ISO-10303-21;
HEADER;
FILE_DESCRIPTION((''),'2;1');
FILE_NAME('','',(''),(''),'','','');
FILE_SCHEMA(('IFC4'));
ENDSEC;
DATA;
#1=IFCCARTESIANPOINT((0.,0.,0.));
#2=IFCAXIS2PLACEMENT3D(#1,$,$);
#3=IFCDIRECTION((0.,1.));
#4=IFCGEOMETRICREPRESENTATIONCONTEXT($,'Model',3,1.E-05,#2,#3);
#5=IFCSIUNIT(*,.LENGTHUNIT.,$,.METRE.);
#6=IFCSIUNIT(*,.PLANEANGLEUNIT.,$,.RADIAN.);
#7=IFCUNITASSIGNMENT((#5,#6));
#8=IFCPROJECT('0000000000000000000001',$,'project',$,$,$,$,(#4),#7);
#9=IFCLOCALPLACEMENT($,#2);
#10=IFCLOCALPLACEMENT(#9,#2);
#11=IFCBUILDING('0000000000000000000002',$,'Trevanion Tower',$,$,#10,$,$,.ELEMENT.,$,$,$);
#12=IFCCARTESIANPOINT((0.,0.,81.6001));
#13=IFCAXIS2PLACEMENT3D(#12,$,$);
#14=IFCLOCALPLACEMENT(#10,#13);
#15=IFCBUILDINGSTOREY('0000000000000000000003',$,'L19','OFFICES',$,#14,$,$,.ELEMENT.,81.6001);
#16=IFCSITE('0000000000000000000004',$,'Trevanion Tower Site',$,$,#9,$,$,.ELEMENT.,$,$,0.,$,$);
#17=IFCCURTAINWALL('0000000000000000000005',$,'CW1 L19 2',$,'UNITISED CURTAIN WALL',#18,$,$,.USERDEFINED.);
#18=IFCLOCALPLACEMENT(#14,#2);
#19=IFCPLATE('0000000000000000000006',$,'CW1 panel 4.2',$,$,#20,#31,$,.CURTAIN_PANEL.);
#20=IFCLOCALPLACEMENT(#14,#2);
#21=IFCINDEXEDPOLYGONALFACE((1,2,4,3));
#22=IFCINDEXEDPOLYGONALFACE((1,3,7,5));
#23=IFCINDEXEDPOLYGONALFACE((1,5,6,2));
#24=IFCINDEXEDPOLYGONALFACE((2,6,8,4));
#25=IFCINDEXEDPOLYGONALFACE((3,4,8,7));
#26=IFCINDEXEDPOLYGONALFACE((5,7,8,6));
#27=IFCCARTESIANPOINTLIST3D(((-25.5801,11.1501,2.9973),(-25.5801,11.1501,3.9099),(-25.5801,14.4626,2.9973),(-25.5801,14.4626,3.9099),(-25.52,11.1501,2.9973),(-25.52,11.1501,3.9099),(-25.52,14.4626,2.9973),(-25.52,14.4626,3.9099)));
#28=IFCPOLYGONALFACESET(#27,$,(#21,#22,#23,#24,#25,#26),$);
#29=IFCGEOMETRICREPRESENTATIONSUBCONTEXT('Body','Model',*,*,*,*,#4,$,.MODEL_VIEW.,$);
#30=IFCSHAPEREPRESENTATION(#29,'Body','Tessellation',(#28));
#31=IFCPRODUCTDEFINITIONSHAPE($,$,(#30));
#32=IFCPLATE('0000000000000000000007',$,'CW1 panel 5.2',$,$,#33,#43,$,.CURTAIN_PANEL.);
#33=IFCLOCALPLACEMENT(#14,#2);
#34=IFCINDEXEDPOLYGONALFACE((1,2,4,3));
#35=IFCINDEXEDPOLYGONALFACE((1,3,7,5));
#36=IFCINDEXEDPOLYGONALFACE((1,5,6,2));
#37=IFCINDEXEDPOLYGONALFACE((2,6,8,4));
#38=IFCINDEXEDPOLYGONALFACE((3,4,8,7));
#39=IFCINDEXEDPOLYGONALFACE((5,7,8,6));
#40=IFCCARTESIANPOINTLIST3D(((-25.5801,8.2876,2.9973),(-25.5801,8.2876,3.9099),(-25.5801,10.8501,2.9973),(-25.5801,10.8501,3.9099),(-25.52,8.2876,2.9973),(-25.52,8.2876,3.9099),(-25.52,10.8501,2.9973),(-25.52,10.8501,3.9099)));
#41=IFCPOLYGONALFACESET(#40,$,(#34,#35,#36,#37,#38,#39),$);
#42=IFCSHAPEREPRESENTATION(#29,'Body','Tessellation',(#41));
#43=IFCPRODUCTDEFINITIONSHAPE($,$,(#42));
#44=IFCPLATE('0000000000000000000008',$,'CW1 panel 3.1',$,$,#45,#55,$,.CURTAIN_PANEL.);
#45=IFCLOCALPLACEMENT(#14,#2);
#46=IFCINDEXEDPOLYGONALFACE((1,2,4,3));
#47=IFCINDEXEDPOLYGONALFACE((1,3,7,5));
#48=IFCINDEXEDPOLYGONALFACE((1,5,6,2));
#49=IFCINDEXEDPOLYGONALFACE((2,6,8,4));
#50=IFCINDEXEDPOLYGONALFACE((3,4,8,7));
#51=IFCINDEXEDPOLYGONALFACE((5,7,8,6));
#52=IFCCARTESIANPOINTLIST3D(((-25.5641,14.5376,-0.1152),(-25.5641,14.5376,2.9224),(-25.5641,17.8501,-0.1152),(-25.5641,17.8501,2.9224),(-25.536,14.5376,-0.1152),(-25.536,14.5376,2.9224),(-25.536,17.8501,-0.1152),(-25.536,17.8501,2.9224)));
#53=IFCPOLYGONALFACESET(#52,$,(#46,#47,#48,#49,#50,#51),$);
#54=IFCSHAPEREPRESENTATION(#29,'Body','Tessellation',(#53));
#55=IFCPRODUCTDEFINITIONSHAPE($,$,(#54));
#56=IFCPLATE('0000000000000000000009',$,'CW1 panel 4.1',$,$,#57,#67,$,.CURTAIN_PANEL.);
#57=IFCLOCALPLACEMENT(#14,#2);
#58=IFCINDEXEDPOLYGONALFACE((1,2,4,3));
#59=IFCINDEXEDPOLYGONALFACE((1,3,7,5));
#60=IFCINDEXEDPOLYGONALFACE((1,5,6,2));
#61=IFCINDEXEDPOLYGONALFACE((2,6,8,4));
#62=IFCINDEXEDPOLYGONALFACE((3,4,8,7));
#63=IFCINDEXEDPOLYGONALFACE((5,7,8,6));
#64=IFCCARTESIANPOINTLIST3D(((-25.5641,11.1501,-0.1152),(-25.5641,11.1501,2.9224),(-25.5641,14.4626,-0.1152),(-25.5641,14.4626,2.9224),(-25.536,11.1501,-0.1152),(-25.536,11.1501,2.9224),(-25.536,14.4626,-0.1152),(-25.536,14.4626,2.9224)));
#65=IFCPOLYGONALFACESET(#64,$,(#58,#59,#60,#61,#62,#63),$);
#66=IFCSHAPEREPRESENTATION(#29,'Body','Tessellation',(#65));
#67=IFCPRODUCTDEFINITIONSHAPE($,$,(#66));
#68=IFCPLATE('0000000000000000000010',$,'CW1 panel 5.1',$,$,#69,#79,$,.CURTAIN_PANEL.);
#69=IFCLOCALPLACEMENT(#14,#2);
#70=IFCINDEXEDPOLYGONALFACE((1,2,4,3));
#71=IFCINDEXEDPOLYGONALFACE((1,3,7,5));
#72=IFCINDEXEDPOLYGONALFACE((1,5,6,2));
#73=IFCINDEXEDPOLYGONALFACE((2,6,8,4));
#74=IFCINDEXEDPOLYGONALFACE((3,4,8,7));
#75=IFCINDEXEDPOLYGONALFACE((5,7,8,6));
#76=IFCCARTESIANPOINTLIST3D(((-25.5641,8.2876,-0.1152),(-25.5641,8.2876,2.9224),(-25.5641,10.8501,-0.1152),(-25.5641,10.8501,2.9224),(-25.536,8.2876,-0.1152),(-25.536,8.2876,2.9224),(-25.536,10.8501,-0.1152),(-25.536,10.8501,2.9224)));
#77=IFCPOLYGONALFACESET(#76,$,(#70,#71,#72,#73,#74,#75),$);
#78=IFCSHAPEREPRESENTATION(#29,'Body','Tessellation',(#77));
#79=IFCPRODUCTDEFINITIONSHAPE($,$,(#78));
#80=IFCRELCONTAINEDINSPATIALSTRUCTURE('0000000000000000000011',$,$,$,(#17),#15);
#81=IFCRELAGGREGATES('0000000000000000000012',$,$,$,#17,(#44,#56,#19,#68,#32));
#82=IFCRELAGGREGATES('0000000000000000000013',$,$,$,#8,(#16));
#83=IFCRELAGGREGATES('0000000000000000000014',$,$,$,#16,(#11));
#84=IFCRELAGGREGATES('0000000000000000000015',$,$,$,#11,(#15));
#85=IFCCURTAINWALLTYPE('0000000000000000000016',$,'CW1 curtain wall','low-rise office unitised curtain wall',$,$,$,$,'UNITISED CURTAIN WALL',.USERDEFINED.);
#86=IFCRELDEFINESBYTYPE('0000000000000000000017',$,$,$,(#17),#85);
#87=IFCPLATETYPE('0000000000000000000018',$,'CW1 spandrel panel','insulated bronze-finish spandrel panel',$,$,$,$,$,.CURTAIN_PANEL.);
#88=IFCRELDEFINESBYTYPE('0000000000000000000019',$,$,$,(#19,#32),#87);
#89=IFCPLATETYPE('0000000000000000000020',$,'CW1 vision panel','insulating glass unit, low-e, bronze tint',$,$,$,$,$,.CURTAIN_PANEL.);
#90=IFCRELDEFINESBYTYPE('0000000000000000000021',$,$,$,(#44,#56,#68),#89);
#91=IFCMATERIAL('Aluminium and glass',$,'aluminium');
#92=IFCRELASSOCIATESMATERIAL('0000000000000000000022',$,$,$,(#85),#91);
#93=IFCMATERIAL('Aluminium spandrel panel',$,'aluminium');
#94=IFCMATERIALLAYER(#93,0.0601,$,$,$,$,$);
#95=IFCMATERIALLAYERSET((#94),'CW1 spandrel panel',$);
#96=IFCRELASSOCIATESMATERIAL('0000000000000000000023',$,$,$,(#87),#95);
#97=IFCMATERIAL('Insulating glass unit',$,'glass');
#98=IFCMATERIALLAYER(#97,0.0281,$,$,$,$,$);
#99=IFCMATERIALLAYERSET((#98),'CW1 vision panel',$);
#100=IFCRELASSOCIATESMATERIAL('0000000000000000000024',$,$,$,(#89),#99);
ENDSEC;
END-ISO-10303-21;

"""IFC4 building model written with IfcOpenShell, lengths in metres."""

from ifc_helpers import new_model, si_unit, direction, frame, origin, origin_2d, place, context, subcontext, project, spatial, rectangle, extrude, material, layer, layer_set, type_object, element, aggregate, save


model = new_model("IFC4")

# Units and contexts
model_context = context("Model", 3, precision=1e-05, world=origin(), true_north=direction((0.0, 1.0)))
body_context = subcontext(model_context, "Body", "Model", "MODEL_VIEW")
ifc_project = project(units=[si_unit("LENGTHUNIT", "METRE"), si_unit("PLANEANGLEUNIT", "RADIAN")], contexts=[model_context])

# Site, building, storey
site_placement = place(None, origin())
site = spatial("IfcSite", under=ifc_project, at=site_placement, Name="Trevanion Tower Site", CompositionType="ELEMENT", RefElevation=0.0)
building_placement = place(site_placement, origin())
building = spatial("IfcBuilding", under=site, at=building_placement, Name="Trevanion Tower", CompositionType="ELEMENT")
storey_placement = place(building_placement, frame((0.0, 0.0, 81.6001)))
storey = spatial("IfcBuildingStorey", under=building, at=storey_placement, Name="L19", Description="OFFICES", CompositionType="ELEMENT", Elevation=81.6001)

# Curtain wall
ifc_material_1 = material(Name="Aluminium and glass", Category="aluminium")
curtain_wall_type = type_object("IfcCurtainWallType", Name="CW1 curtain wall", Description="low-rise office unitised curtain wall", ElementType="UNITISED CURTAIN WALL", PredefinedType="USERDEFINED", material=ifc_material_1)
curtain_wall_placement = place(storey_placement, origin())
curtain_wall = element("IfcCurtainWall", 1, at=curtain_wall_placement, inside=storey, type_object=curtain_wall_type, Name="CW1 L19 2", ObjectType="UNITISED CURTAIN WALL", PredefinedType="USERDEFINED")

# Plates
ifc_material_2 = material(Name="Aluminium spandrel panel", Category="aluminium")
ifc_layer_1 = layer(ifc_material_2, 0.0601)
ifc_layer_set_1 = layer_set([ifc_layer_1], Name="CW1 spandrel panel")
plate_type_1 = type_object("IfcPlateType", Name="CW1 spandrel panel", Description="insulated bronze-finish spandrel panel", PredefinedType="CURTAIN_PANEL", material=ifc_layer_set_1)
plate_1_placement = place(storey_placement, frame((-25.55, 12.8064, 2.9973), z_axis=(0.0, 0.0, 1.0), x_axis=(0.0, -1.0, 0.0)))
plate_1 = element("IfcPlate", 2, at=plate_1_placement, type_object=plate_type_1, Name="CW1 panel 4.2", PredefinedType="CURTAIN_PANEL", context=body_context, shape_type="SweptSolid", body=[
    extrude(rectangle(XDim=3.3125, YDim=0.0601, at=origin_2d()), origin(), (0.0, 0.0, 1.0), 0.9126),
])
plate_2_placement = place(storey_placement, frame((-25.55, 9.5688, 2.9973), z_axis=(0.0, 0.0, 1.0), x_axis=(0.0, -1.0, 0.0)))
plate_2 = element("IfcPlate", 3, at=plate_2_placement, type_object=plate_type_1, Name="CW1 panel 5.2", PredefinedType="CURTAIN_PANEL", context=body_context, shape_type="SweptSolid", body=[
    extrude(rectangle(XDim=2.5625, YDim=0.0601, at=origin_2d()), origin(), (0.0, 0.0, 1.0), 0.9126),
])
ifc_material_3 = material(Name="Insulating glass unit", Category="glass")
ifc_layer_2 = layer(ifc_material_3, 0.0281)
ifc_layer_set_2 = layer_set([ifc_layer_2], Name="CW1 vision panel")
plate_type_2 = type_object("IfcPlateType", Name="CW1 vision panel", Description="insulating glass unit, low-e, bronze tint", PredefinedType="CURTAIN_PANEL", material=ifc_layer_set_2)
plate_3_placement = place(storey_placement, frame((-25.55, 16.1938, -0.1152), z_axis=(0.0, 0.0, 1.0), x_axis=(0.0, -1.0, 0.0)))
plate_3 = element("IfcPlate", 4, at=plate_3_placement, type_object=plate_type_2, Name="CW1 panel 3.1", PredefinedType="CURTAIN_PANEL", context=body_context, shape_type="SweptSolid", body=[
    extrude(rectangle(XDim=3.3125, YDim=0.0281, at=origin_2d()), origin(), (0.0, 0.0, 1.0), 3.0376),
])
plate_4_placement = place(storey_placement, frame((-25.55, 12.8064, -0.1152), z_axis=(0.0, 0.0, 1.0), x_axis=(0.0, -1.0, 0.0)))
plate_4 = element("IfcPlate", 5, at=plate_4_placement, type_object=plate_type_2, Name="CW1 panel 4.1", PredefinedType="CURTAIN_PANEL", context=body_context, shape_type="SweptSolid", body=[
    extrude(rectangle(XDim=3.3125, YDim=0.0281, at=origin_2d()), origin(), (0.0, 0.0, 1.0), 3.0376),
])
plate_5_placement = place(storey_placement, frame((-25.55, 9.5688, -0.1152), z_axis=(0.0, 0.0, 1.0), x_axis=(0.0, -1.0, 0.0)))
plate_5 = element("IfcPlate", 6, at=plate_5_placement, type_object=plate_type_2, Name="CW1 panel 5.1", PredefinedType="CURTAIN_PANEL", context=body_context, shape_type="SweptSolid", body=[
    extrude(rectangle(XDim=2.5625, YDim=0.0281, at=origin_2d()), origin(), (0.0, 0.0, 1.0), 3.0376),
])
aggregate(curtain_wall, [plate_3, plate_4, plate_1, plate_5, plate_2])

save(model, "model.ifc")
